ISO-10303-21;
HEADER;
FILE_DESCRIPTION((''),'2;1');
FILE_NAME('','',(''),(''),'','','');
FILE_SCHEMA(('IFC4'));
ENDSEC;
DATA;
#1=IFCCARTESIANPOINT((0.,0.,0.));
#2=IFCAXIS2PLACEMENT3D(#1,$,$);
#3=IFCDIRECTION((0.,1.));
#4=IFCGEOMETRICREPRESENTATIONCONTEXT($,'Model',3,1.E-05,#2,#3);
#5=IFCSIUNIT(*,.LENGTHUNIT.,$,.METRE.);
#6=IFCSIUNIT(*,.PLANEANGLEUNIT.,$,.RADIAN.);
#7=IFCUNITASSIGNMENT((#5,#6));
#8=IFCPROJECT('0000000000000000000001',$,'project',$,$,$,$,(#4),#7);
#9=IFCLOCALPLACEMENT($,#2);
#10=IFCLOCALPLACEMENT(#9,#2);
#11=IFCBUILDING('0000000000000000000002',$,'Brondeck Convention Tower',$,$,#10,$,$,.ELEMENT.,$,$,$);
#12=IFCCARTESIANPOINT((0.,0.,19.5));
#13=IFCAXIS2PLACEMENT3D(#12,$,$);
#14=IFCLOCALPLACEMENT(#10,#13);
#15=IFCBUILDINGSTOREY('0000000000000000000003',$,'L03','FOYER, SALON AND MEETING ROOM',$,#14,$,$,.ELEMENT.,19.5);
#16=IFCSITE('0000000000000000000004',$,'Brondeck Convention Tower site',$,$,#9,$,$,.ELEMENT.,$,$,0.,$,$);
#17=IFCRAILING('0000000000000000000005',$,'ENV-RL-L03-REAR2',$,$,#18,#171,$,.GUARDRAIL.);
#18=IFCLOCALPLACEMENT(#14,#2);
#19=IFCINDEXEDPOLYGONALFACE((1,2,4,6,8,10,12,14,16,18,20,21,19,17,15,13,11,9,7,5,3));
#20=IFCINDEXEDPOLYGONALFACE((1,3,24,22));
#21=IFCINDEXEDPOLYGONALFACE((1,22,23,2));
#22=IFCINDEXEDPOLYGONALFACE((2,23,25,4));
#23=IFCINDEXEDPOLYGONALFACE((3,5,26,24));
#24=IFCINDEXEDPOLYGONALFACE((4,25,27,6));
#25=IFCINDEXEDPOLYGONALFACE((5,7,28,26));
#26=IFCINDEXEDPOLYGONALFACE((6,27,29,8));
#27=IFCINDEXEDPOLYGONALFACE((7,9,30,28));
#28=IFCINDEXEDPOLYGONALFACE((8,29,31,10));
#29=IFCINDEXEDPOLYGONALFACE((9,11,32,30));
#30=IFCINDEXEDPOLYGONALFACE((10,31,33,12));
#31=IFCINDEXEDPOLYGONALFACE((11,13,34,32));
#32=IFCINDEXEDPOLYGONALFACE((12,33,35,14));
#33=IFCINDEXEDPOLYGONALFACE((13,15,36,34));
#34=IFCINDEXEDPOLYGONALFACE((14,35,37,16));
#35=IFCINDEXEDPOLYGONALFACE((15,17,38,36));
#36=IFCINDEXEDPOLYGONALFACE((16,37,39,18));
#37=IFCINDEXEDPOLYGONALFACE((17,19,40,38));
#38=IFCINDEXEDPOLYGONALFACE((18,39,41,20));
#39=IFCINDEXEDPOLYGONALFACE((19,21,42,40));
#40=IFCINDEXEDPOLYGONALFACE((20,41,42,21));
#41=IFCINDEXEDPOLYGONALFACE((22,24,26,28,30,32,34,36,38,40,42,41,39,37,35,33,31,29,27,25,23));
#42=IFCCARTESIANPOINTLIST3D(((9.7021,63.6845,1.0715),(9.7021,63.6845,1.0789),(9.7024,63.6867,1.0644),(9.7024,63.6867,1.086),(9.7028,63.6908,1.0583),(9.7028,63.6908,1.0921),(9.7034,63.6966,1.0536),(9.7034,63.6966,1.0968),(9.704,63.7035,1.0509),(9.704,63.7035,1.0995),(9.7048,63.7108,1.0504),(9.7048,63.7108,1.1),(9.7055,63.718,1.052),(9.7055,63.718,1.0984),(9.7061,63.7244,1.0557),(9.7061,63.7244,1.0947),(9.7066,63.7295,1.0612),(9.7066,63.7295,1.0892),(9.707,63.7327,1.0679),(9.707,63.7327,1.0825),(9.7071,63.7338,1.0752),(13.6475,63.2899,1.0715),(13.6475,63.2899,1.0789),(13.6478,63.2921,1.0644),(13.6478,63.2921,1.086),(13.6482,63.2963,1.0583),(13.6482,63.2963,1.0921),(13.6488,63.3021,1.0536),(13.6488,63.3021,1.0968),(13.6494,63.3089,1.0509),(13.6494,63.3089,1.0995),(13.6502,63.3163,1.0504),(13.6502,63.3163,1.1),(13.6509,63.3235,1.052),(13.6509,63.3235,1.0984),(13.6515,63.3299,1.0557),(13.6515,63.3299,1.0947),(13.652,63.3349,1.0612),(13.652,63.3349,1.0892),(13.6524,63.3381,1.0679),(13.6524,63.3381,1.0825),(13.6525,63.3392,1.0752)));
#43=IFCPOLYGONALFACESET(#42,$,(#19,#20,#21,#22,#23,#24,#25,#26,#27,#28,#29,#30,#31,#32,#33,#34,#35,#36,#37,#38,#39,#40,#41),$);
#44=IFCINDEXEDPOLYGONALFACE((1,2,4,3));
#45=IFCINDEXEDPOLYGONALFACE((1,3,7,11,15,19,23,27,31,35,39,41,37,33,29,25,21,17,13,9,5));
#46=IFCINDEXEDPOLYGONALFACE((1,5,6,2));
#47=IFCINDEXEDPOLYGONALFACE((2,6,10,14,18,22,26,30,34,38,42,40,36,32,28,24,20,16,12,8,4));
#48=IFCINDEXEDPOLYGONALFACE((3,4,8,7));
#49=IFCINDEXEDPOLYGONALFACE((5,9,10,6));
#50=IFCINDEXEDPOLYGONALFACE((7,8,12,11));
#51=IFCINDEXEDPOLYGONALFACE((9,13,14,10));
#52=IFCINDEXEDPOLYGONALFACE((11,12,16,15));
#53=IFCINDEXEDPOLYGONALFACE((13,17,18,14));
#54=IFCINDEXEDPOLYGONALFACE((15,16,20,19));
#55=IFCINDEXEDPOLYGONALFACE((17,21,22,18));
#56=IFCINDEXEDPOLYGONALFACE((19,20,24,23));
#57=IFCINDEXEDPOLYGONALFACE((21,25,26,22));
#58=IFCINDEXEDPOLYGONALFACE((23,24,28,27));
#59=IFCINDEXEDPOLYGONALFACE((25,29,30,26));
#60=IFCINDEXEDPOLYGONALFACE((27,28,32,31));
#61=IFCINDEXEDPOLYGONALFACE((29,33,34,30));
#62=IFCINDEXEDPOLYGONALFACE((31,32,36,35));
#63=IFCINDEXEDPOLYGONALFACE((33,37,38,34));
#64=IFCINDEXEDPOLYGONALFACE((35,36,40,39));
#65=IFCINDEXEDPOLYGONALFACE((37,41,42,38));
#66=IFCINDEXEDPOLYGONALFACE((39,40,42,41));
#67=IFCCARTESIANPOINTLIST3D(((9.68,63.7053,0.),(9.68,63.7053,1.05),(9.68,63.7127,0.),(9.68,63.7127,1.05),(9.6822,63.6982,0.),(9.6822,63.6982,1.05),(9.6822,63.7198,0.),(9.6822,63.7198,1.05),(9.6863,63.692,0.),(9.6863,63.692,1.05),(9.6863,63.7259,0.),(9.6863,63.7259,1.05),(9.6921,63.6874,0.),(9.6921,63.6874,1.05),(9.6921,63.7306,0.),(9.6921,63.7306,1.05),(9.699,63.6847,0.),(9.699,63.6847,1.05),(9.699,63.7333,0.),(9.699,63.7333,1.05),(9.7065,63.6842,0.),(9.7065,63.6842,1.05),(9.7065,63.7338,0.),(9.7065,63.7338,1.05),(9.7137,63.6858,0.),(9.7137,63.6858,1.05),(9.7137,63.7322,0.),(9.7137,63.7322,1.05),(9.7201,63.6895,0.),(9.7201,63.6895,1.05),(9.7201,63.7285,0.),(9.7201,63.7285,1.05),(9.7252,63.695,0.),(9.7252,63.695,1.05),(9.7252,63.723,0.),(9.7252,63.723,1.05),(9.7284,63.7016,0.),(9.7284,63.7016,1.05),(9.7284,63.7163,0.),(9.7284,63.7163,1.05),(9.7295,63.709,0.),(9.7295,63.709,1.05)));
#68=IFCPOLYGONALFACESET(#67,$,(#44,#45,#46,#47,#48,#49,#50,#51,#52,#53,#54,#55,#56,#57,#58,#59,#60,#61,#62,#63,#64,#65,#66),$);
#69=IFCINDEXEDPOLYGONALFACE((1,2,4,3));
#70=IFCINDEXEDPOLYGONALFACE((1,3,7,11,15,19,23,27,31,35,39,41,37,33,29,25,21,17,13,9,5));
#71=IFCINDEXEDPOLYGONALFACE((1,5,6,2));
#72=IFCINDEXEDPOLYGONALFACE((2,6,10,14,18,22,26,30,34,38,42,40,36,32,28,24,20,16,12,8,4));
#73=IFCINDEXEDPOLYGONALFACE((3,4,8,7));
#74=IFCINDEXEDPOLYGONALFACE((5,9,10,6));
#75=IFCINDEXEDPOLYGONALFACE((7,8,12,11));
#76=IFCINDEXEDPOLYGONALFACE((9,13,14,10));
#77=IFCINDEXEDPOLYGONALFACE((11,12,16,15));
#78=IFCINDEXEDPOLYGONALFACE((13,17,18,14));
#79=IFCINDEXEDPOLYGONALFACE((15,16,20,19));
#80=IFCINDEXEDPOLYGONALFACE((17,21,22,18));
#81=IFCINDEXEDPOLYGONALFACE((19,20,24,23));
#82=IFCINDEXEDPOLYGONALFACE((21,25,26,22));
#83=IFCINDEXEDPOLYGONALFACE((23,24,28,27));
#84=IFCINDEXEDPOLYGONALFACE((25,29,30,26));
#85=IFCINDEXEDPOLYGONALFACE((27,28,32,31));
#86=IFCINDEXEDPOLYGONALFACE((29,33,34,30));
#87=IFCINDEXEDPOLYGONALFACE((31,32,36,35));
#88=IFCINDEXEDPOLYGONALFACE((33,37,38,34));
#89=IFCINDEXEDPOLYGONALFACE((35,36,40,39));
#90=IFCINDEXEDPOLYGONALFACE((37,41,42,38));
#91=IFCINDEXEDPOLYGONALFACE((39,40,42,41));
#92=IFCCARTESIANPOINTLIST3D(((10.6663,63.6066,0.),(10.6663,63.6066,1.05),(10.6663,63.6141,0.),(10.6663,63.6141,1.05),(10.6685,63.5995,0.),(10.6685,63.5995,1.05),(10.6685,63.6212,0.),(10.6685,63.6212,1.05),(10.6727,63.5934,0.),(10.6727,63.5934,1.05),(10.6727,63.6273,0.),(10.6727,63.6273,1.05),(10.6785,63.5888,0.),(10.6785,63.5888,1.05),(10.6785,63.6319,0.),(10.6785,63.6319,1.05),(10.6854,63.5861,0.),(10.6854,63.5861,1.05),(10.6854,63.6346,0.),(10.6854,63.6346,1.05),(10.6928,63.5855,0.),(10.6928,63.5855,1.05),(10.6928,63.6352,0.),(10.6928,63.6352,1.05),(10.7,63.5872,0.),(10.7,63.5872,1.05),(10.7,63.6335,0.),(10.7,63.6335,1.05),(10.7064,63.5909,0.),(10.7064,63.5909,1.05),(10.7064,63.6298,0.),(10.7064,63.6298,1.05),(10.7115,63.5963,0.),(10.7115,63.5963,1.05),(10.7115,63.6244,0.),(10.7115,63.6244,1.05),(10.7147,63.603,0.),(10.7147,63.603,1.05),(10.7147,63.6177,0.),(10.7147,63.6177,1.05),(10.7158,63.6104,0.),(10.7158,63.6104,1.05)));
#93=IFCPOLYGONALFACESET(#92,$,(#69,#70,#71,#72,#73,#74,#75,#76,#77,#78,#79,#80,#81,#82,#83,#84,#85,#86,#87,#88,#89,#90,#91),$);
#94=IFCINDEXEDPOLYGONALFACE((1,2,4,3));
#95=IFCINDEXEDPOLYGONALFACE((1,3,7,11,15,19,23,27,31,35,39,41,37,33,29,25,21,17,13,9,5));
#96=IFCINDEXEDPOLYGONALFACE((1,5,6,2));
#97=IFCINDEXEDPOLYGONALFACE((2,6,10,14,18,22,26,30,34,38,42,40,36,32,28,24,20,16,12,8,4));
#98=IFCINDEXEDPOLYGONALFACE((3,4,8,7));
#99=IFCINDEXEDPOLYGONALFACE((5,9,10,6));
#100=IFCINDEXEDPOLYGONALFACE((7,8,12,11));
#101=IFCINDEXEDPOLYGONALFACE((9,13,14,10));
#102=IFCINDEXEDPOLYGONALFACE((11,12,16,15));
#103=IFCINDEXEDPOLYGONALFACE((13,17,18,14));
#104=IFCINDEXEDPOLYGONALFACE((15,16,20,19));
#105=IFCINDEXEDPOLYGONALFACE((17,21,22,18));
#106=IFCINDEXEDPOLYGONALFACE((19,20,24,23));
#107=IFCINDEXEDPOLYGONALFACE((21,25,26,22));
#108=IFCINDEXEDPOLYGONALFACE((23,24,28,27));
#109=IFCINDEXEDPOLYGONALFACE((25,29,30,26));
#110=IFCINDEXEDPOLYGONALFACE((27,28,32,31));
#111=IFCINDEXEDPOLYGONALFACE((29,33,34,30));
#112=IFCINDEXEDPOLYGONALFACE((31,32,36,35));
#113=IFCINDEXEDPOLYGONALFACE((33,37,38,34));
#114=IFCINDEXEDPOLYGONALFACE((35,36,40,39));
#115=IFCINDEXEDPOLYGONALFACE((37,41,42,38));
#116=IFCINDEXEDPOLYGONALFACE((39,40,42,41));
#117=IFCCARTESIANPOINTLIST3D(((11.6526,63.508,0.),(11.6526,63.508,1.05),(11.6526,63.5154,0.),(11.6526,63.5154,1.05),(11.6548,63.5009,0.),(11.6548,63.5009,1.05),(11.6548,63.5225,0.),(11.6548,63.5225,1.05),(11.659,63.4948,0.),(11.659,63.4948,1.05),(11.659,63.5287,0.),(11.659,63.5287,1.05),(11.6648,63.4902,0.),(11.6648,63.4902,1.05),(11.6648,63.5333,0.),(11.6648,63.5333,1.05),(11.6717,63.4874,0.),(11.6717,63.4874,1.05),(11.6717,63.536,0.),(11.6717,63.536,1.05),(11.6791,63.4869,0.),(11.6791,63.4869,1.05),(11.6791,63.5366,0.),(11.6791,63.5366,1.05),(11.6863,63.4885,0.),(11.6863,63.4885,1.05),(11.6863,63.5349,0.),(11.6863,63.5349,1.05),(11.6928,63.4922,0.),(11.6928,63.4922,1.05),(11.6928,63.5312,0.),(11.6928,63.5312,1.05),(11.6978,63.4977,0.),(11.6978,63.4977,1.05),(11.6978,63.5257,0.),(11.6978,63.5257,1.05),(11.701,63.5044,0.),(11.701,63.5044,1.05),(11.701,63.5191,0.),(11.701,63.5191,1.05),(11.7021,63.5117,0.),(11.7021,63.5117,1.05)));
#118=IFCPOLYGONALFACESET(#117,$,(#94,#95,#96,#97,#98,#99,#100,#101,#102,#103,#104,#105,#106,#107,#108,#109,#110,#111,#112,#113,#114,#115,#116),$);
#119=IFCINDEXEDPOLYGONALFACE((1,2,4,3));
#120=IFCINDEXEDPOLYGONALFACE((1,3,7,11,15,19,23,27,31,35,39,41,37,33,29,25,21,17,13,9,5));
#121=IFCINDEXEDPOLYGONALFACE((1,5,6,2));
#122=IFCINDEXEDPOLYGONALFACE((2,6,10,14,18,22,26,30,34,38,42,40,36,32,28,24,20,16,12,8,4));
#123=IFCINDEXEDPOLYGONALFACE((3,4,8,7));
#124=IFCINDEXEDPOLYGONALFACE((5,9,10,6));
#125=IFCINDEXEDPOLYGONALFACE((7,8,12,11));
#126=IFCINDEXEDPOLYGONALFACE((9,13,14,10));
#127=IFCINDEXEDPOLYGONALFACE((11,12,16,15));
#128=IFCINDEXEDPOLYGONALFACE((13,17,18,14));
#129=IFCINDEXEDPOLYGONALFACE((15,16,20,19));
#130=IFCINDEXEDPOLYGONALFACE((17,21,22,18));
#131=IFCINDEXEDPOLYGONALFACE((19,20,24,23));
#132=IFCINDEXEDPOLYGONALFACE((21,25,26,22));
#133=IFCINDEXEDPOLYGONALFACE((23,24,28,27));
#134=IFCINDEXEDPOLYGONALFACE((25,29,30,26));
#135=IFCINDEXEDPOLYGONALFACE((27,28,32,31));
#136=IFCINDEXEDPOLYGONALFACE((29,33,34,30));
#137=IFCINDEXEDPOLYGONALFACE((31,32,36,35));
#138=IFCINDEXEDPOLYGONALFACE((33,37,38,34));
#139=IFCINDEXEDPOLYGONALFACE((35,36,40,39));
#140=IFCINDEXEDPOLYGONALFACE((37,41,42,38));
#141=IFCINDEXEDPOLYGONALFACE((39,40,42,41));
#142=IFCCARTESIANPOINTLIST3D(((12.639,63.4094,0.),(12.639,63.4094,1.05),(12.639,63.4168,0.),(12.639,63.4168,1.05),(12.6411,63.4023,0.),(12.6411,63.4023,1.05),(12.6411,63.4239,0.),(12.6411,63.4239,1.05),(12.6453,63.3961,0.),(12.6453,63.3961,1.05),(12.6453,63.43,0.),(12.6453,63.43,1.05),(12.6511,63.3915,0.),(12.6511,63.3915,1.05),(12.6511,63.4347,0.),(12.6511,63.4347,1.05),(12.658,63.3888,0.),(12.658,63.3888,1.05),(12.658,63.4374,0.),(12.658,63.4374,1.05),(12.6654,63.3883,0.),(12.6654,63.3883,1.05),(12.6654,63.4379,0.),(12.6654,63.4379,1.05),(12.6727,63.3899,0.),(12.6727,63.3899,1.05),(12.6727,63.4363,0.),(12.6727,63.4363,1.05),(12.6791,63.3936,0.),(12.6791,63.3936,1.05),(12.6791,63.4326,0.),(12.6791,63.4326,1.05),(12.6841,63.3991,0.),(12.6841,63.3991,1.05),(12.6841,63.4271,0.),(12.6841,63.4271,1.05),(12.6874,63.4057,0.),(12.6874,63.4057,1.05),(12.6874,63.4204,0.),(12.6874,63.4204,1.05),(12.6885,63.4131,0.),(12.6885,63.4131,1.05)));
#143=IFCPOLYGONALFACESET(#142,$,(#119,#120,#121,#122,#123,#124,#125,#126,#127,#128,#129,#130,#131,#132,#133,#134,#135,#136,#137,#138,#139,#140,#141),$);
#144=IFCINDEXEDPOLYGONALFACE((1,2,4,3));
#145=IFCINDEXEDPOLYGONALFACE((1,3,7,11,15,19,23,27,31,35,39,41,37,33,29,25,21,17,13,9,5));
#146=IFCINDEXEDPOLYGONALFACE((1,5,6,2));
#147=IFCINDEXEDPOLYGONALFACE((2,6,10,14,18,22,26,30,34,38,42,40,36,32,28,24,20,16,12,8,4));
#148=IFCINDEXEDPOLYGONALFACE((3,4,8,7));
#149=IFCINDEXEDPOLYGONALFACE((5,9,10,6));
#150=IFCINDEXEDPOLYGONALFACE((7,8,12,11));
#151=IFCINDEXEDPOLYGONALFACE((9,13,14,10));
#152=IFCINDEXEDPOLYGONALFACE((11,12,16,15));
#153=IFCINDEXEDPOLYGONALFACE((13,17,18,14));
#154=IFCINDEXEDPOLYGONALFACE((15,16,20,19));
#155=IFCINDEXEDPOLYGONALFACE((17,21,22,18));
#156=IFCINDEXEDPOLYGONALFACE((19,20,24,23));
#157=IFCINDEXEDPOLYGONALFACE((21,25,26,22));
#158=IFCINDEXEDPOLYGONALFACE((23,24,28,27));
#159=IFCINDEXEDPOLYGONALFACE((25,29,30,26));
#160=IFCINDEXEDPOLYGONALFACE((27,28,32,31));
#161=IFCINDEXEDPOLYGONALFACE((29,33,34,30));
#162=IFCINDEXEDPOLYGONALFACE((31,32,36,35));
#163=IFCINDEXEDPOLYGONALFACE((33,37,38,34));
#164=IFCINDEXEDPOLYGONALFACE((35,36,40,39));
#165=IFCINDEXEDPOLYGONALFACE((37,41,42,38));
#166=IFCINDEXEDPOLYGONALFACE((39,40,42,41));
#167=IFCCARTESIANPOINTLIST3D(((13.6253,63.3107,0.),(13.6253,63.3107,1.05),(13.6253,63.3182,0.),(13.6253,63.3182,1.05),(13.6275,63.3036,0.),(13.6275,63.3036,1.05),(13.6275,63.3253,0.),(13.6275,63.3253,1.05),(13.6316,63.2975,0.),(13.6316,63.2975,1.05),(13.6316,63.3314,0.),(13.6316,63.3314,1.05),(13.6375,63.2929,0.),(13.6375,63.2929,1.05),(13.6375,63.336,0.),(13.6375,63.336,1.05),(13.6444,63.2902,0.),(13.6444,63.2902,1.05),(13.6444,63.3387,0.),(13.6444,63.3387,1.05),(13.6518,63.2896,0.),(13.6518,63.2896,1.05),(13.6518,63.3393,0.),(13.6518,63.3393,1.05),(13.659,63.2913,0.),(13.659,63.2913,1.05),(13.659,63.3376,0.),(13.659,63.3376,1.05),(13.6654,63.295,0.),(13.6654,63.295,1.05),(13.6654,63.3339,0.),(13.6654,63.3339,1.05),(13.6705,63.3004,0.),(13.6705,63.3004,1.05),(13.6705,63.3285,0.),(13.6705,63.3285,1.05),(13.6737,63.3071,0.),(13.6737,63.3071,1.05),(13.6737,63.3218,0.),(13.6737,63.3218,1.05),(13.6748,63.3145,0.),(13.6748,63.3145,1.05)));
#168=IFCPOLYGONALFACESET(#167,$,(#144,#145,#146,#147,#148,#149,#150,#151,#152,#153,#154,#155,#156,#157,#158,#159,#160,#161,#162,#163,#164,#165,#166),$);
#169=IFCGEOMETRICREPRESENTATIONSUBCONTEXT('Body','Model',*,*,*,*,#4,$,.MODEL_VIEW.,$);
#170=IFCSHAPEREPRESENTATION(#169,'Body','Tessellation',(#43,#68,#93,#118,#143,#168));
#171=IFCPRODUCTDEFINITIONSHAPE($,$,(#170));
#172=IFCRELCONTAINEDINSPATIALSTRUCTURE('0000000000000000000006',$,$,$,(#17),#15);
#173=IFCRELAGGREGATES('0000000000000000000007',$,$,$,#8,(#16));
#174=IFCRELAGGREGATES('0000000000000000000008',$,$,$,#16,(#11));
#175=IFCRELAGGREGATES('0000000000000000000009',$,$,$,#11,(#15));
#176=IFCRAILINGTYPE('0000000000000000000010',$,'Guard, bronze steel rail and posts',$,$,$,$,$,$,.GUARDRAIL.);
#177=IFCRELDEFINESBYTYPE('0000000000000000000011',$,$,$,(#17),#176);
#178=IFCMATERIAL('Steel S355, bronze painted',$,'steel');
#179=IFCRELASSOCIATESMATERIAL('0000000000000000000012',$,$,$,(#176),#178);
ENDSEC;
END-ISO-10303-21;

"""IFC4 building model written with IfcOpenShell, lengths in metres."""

from ifc_helpers import new_model, si_unit, direction, frame, origin, origin_2d, place, context, subcontext, project, spatial, circle, extrude, material, type_object, element, save


model = new_model("IFC4")

# Units and contexts
model_context = context("Model", 3, precision=1e-05, world=origin(), true_north=direction((0.0, 1.0)))
body_context = subcontext(model_context, "Body", "Model", "MODEL_VIEW")
ifc_project = project(units=[si_unit("LENGTHUNIT", "METRE"), si_unit("PLANEANGLEUNIT", "RADIAN")], contexts=[model_context])

# Site, building, storey
site_placement = place(None, origin())
site = spatial("IfcSite", under=ifc_project, at=site_placement, Name="Brondeck Convention Tower site", CompositionType="ELEMENT", RefElevation=0.0)
building_placement = place(site_placement, origin())
building = spatial("IfcBuilding", under=site, at=building_placement, Name="Brondeck Convention Tower", CompositionType="ELEMENT")
storey_placement = place(building_placement, frame((0.0, 0.0, 19.5)))
storey = spatial("IfcBuildingStorey", under=building, at=storey_placement, Name="L03", Description="FOYER, SALON AND MEETING ROOM", CompositionType="ELEMENT", Elevation=19.5)

# Railing
ifc_material_1 = material(Name="Steel S355, bronze painted", Category="steel")
railing_type_1 = type_object("IfcRailingType", Name="Guard, bronze steel rail and posts", PredefinedType="GUARDRAIL", material=ifc_material_1)
railing_1_placement = place(storey_placement, frame((9.7046, 63.709, 0.0)))
element("IfcRailing", 1, at=railing_1_placement, inside=storey, type_object=railing_type_1, Name="ENV-RL-L03-REAR2", PredefinedType="GUARDRAIL", context=body_context, shape_type="SweptSolid", body=[
    extrude(circle(Radius=0.0249, at=origin_2d()), frame((0.0, 0.0, 1.0752), z_axis=(0.995037, -0.099504, 0.0), x_axis=(0.099504, 0.995037, 0.0)), (0.0, 0.0, 1.0), 3.9651),
    extrude(circle(Radius=0.0249, at=origin_2d()), origin(), (0.0, 0.0, 1.0), 1.05),
    extrude(circle(Radius=0.0249, at=origin_2d()), frame((0.9863, -0.0986, 0.0)), (0.0, 0.0, 1.0), 1.05),
    extrude(circle(Radius=0.0249, at=origin_2d()), frame((1.9727, -0.1973, 0.0)), (0.0, 0.0, 1.0), 1.05),
    extrude(circle(Radius=0.0249, at=origin_2d()), frame((2.959, -0.2959, 0.0)), (0.0, 0.0, 1.0), 1.05),
    extrude(circle(Radius=0.0249, at=origin_2d()), frame((3.9453, -0.3945, 0.0)), (0.0, 0.0, 1.0), 1.05),
])

save(model, "model.ifc")
